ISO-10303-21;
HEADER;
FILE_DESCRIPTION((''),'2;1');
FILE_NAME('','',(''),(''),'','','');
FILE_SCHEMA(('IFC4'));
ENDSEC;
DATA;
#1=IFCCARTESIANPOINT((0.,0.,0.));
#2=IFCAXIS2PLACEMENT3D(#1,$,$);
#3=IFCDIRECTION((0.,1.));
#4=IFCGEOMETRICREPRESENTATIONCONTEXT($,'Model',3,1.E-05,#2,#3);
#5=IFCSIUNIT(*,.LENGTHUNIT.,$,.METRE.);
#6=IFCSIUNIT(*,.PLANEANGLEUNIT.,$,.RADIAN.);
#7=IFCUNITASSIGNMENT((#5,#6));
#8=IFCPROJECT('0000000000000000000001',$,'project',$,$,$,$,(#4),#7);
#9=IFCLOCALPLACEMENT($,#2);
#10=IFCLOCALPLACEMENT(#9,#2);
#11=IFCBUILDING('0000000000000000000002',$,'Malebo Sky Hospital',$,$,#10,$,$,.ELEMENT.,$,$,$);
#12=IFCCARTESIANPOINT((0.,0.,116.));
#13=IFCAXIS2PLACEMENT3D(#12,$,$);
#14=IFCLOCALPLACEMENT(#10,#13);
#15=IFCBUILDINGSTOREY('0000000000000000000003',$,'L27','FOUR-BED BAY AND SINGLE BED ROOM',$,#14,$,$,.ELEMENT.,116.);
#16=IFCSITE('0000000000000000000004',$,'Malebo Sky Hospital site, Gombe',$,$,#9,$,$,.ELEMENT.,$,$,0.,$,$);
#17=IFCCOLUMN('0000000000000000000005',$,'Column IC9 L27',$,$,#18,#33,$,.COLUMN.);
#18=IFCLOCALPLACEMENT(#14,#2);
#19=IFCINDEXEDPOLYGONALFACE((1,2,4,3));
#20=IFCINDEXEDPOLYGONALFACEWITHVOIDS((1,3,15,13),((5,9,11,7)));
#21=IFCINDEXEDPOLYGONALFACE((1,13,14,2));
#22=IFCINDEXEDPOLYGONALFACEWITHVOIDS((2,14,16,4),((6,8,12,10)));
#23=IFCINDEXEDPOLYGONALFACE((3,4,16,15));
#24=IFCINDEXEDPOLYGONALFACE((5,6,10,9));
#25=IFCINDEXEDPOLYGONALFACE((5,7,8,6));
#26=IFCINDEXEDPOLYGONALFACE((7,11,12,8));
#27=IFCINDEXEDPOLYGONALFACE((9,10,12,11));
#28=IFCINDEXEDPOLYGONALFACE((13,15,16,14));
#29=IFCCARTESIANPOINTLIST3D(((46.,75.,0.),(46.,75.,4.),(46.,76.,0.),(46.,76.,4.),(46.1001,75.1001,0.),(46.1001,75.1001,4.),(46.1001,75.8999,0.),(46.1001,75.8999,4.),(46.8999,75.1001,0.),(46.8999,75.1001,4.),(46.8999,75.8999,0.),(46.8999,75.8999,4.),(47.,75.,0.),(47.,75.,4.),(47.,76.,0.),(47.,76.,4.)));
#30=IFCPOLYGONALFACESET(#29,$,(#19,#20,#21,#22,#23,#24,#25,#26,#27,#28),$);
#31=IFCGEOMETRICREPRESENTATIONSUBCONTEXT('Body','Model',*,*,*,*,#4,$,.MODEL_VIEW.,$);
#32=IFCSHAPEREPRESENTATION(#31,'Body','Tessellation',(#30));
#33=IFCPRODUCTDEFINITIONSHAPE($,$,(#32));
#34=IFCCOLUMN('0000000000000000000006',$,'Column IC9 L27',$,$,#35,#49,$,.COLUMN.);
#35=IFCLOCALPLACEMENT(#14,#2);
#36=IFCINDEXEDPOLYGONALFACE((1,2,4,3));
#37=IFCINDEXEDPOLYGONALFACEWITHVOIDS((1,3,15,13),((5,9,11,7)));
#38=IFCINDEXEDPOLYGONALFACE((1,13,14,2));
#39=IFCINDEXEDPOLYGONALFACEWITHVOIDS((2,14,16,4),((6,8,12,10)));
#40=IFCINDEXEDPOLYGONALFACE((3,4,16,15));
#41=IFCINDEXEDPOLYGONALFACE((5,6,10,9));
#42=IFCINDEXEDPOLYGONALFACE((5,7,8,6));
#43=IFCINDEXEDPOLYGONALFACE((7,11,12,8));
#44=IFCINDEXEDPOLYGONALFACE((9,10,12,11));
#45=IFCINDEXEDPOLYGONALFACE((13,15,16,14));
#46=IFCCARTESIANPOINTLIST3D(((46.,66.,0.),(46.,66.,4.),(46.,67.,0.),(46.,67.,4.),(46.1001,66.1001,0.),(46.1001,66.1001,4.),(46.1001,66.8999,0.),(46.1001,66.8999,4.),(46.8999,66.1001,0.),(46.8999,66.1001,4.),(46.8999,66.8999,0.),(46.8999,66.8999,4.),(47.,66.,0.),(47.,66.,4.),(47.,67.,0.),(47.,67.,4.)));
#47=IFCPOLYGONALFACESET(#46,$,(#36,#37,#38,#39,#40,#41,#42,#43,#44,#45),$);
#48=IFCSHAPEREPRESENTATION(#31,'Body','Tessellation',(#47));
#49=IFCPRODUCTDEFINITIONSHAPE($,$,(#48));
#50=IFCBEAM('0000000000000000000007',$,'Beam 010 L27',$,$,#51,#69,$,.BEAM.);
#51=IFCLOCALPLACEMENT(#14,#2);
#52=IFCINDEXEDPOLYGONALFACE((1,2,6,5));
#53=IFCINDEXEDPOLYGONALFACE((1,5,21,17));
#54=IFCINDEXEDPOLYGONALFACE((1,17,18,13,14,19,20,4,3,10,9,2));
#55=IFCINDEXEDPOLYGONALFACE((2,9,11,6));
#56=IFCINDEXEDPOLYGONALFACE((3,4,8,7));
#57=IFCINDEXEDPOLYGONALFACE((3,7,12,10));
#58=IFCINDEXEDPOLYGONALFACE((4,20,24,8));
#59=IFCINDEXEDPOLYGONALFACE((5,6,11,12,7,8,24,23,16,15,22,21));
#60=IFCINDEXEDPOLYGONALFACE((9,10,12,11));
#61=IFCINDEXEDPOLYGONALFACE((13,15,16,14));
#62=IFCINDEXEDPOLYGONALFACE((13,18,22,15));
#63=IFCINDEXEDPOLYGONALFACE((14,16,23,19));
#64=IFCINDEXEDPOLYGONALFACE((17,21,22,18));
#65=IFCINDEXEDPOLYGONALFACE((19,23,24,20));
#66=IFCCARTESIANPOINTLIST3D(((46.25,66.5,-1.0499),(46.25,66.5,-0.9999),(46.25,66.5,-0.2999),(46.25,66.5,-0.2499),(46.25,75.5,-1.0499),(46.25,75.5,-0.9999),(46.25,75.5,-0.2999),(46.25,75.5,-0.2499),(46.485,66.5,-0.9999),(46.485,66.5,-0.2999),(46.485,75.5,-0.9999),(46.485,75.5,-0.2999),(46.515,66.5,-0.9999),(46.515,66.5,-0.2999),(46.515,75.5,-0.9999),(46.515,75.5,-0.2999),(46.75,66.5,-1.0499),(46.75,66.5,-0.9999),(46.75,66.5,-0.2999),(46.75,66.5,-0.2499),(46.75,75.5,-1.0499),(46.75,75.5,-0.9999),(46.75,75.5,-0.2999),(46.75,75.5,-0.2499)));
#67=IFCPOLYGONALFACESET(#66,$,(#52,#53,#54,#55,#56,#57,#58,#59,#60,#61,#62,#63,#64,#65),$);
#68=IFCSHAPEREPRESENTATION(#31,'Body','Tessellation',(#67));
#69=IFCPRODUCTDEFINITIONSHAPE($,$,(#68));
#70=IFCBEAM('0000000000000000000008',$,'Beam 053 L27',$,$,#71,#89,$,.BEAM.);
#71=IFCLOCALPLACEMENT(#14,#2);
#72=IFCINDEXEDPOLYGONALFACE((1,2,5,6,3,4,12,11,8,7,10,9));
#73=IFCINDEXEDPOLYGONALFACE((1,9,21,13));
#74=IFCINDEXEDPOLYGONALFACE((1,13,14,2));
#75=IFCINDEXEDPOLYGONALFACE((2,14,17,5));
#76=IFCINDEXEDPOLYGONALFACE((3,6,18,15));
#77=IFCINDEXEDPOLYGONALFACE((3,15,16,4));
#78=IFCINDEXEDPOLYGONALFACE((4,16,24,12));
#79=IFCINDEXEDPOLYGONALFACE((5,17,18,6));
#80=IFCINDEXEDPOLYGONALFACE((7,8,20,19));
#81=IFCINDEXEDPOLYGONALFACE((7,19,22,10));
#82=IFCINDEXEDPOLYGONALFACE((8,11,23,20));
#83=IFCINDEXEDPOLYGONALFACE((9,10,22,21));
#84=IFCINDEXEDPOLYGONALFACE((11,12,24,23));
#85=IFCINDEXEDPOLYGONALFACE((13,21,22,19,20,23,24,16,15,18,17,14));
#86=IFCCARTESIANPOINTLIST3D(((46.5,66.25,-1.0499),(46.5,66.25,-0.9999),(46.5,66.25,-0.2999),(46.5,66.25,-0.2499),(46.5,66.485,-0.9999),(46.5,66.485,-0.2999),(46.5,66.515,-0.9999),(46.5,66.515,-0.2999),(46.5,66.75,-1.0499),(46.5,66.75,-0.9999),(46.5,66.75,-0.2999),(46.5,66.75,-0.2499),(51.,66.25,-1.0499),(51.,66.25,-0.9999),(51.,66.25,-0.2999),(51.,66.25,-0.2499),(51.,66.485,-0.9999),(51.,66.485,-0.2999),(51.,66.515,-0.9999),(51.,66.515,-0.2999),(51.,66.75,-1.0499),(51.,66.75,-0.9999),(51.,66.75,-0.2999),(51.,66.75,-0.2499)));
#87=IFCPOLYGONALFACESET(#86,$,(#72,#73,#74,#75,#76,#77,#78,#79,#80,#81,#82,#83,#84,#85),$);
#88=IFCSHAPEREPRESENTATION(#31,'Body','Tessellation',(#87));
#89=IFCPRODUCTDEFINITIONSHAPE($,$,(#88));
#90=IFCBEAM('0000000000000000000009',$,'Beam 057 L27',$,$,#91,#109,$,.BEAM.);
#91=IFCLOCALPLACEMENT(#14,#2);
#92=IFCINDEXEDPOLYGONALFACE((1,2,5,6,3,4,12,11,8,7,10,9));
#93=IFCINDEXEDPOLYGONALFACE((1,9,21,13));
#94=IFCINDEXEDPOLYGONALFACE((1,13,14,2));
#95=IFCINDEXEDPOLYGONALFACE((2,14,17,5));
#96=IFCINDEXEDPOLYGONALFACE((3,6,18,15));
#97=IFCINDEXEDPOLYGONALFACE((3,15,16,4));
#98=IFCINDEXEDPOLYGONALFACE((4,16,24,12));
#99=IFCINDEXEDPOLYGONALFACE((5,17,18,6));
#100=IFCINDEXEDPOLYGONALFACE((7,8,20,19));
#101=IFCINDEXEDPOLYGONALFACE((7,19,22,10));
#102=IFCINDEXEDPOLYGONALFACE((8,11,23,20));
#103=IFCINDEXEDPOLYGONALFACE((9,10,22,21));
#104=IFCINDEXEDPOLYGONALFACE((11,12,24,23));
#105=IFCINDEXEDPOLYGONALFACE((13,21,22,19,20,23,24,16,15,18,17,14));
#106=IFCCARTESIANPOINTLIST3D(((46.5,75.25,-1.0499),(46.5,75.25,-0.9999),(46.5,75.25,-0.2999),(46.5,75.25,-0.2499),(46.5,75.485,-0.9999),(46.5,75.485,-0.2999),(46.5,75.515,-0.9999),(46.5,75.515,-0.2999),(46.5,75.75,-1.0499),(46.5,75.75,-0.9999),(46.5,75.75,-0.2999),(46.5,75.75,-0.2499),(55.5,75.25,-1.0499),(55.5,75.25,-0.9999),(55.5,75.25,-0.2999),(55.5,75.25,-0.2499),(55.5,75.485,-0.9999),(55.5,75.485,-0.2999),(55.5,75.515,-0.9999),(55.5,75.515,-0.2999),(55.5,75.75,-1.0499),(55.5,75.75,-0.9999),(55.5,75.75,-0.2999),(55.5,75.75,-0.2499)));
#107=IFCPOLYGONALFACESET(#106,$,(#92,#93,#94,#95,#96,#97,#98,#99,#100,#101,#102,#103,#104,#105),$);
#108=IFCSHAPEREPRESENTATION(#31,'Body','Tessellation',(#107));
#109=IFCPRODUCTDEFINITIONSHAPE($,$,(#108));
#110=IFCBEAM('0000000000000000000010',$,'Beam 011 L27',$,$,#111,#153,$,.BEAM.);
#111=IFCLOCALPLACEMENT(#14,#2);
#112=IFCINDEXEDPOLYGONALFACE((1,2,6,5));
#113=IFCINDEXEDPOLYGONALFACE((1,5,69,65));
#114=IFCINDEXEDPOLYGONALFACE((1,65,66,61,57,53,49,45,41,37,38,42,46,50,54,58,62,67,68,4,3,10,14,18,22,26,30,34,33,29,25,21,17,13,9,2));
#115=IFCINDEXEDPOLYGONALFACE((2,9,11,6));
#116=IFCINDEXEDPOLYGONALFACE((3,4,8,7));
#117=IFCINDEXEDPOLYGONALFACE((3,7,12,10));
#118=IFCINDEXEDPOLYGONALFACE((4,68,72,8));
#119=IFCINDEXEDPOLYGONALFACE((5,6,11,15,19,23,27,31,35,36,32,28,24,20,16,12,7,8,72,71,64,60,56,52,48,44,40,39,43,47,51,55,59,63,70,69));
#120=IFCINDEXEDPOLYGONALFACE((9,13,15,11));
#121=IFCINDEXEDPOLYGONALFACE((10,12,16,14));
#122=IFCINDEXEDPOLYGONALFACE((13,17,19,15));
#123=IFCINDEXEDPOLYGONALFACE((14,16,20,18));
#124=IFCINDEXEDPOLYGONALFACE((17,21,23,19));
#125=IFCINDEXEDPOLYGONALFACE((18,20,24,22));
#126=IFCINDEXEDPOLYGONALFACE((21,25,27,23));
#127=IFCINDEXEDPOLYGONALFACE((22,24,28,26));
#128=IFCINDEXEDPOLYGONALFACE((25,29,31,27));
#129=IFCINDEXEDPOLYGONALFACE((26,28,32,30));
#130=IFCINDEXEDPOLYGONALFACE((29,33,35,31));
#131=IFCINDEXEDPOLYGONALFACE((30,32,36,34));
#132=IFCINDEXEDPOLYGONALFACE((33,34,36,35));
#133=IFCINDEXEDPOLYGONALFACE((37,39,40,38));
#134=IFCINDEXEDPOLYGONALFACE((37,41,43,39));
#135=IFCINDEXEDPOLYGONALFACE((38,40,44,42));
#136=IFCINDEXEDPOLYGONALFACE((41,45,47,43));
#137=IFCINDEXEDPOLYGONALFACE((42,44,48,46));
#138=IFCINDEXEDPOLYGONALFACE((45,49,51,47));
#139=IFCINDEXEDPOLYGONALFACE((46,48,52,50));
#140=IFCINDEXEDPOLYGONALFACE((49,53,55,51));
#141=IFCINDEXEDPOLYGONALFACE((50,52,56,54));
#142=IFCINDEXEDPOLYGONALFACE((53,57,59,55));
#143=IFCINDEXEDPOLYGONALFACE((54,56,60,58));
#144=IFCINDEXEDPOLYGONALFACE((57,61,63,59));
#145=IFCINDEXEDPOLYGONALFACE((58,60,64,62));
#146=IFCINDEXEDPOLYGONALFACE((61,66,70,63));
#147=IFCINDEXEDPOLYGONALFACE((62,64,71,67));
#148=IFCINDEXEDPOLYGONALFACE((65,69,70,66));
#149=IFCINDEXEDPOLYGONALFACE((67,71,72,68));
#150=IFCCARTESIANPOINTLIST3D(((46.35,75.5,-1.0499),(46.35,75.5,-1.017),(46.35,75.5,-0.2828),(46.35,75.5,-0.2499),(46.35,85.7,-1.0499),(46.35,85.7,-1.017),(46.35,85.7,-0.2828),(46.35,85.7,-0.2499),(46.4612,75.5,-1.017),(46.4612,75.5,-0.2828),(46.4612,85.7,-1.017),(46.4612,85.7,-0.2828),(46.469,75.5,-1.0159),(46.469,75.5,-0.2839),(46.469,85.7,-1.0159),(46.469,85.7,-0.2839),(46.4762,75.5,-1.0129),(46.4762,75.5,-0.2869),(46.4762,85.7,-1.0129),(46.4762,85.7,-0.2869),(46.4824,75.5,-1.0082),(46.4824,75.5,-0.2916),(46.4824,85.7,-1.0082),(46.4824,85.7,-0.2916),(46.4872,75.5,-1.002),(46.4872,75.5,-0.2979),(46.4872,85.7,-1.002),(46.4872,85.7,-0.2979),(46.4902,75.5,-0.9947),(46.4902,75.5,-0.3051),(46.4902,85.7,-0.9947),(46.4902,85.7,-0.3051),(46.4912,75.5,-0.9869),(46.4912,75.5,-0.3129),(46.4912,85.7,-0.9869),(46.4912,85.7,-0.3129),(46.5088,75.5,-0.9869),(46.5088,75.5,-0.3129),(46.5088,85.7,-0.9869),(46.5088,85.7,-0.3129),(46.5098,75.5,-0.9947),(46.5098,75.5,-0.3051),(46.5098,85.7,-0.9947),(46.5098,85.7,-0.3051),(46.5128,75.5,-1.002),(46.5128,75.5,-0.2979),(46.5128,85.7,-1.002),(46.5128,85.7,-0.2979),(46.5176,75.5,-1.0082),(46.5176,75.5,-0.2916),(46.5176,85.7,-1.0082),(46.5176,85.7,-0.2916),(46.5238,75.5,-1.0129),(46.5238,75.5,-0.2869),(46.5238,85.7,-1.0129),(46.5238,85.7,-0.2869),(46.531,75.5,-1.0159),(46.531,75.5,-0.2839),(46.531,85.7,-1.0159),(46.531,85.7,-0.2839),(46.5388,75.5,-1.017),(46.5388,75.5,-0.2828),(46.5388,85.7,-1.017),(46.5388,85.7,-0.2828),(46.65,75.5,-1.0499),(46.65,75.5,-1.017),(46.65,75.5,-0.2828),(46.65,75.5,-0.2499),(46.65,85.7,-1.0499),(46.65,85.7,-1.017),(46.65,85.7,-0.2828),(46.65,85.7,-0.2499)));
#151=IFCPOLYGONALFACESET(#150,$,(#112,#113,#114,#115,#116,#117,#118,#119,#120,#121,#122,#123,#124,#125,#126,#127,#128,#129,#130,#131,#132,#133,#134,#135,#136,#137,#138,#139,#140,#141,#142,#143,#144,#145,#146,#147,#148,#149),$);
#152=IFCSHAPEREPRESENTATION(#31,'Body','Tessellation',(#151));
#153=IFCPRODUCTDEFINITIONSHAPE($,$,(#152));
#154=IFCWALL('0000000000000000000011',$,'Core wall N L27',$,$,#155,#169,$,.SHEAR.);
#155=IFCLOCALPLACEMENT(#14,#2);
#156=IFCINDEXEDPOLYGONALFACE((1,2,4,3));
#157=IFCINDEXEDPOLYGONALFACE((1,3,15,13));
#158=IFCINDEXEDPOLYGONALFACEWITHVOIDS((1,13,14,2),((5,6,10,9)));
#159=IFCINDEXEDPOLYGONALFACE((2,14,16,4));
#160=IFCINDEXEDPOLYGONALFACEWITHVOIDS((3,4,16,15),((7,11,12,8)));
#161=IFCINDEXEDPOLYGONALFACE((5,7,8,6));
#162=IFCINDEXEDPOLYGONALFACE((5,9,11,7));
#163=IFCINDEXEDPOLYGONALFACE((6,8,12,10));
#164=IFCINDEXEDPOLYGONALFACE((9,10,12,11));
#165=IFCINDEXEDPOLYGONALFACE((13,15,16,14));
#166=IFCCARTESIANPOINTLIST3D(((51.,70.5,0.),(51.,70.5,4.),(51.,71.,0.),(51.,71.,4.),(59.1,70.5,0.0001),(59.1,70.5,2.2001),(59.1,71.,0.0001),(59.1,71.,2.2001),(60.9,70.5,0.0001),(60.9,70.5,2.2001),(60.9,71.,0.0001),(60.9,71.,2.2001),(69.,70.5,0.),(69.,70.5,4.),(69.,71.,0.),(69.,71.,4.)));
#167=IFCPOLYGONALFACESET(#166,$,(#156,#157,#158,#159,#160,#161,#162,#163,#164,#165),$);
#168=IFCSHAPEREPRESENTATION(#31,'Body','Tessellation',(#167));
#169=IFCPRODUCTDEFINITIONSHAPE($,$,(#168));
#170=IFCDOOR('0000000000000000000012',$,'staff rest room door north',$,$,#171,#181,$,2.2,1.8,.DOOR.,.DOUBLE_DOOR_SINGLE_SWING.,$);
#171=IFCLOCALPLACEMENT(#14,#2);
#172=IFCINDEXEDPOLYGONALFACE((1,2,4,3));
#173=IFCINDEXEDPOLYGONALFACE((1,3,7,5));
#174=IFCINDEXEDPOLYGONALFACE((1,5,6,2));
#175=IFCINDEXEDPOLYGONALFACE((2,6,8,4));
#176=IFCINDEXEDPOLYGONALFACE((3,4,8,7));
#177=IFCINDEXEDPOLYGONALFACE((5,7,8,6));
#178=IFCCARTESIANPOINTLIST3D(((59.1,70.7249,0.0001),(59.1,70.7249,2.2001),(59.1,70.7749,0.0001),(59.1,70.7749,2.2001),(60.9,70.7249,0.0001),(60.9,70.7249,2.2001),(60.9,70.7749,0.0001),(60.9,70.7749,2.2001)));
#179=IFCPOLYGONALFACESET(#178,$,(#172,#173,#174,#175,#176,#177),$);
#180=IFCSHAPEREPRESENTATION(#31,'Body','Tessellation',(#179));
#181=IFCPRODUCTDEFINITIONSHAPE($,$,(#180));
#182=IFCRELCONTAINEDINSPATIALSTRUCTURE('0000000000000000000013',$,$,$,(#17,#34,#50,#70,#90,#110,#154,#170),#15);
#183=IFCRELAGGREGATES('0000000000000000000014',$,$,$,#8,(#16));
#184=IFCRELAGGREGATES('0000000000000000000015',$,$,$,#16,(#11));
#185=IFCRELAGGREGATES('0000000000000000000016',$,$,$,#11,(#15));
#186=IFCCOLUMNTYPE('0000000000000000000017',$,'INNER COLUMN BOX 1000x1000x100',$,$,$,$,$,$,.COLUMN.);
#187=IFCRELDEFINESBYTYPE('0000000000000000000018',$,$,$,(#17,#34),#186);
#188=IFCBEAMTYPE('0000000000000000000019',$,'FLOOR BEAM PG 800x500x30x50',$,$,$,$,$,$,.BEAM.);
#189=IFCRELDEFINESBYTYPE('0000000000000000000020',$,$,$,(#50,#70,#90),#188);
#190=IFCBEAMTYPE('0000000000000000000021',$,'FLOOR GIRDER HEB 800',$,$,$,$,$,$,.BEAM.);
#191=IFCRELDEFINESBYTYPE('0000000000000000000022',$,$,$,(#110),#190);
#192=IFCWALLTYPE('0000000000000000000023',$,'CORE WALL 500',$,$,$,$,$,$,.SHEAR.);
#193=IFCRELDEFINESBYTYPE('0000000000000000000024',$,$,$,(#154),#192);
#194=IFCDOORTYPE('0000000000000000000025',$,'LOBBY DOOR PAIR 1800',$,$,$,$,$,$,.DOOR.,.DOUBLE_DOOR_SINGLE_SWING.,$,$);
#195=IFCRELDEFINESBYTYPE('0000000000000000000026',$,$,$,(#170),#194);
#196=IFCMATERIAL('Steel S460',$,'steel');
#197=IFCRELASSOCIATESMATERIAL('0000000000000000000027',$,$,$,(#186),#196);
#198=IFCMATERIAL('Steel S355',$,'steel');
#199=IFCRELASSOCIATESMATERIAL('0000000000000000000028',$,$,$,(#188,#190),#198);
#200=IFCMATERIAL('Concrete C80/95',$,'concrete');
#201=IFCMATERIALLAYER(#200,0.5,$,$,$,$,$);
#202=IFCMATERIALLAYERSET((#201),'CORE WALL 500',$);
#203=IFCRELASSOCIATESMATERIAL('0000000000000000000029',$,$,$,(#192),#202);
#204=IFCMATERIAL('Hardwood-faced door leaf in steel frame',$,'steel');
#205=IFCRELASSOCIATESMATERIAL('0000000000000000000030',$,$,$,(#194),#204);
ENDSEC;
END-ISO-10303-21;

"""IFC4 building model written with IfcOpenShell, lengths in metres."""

from ifc_helpers import new_model, si_unit, direction, frame, frame_2d, origin, origin_2d, place, context, subcontext, project, spatial, rectangle, hollow_rectangle, i_section, extrude, material, layer, layer_set, material_profile, profile_set, type_object, element, fill, save


model = new_model("IFC4")

# Units and contexts
model_context = context("Model", 3, precision=1e-05, world=origin(), true_north=direction((0.0, 1.0)))
body_context = subcontext(model_context, "Body", "Model", "MODEL_VIEW")
ifc_project = project(units=[si_unit("LENGTHUNIT", "METRE"), si_unit("PLANEANGLEUNIT", "RADIAN")], contexts=[model_context])

# Site, building, storey
site_placement = place(None, origin())
site = spatial("IfcSite", under=ifc_project, at=site_placement, Name="Malebo Sky Hospital site, Gombe", CompositionType="ELEMENT", RefElevation=0.0)
building_placement = place(site_placement, origin())
building = spatial("IfcBuilding", under=site, at=building_placement, Name="Malebo Sky Hospital", CompositionType="ELEMENT")
storey_placement = place(building_placement, frame((0.0, 0.0, 116.0)))
storey = spatial("IfcBuildingStorey", under=building, at=storey_placement, Name="L27", Description="FOUR-BED BAY AND SINGLE BED ROOM", CompositionType="ELEMENT", Elevation=116.0)

# Columns
ifc_material_1 = material(Name="Steel S460", Category="steel")
ifc_material_profile_1 = material_profile(ifc_material_1, hollow_rectangle(XDim=1.0, YDim=1.0, WallThickness=0.1001, at=origin_2d()), Name="BOX 1000x1000x100")
ifc_profile_set_1 = profile_set([ifc_material_profile_1], Name="Steel S460")
column_type = type_object("IfcColumnType", Name="INNER COLUMN BOX 1000x1000x100", PredefinedType="COLUMN", material=ifc_profile_set_1)
for number, where, z_axis, x_axis, name in (
    (1, (46.5, 75.5, 0.0), (0.0, 0.0, 1.0), (1.0, 0.0, 0.0), "Column IC9 L27"),
    (2, (46.5, 66.5, 0.0), (0.0, 0.0, 1.0), (1.0, 0.0, 0.0), "Column IC9 L27"),
):
    element("IfcColumn", number, at=place(storey_placement, frame(where, z_axis=z_axis, x_axis=x_axis)), inside=storey, type_object=column_type, Name=name, PredefinedType="COLUMN", context=body_context, shape_type="SweptSolid", body=[
        extrude(hollow_rectangle(XDim=1.0, YDim=1.0, WallThickness=0.1001, at=origin_2d()), origin(), (0.0, 0.0, 1.0), 4.0),
    ])

# Beams
ifc_material_2 = material(Name="Steel S355", Category="steel")
ifc_material_profile_2 = material_profile(ifc_material_2, i_section(OverallWidth=0.5, OverallDepth=0.8, WebThickness=0.03, FlangeThickness=0.05, at=origin_2d()), Name="PG 800x500x30x50")
ifc_profile_set_2 = profile_set([ifc_material_profile_2], Name="Steel S355")
beam_type_1 = type_object("IfcBeamType", Name="FLOOR BEAM PG 800x500x30x50", PredefinedType="BEAM", material=ifc_profile_set_2)
beam_1_placement = place(storey_placement, frame((46.5, 66.5, -0.6499), z_axis=(0.0, 1.0, 0.0), x_axis=(-1.0, 0.0, 0.0)))
element("IfcBeam", 3, at=beam_1_placement, inside=storey, type_object=beam_type_1, Name="Beam 010 L27", PredefinedType="BEAM", context=body_context, shape_type="SweptSolid", body=[
    extrude(i_section(OverallWidth=0.5, OverallDepth=0.8, WebThickness=0.03, FlangeThickness=0.05, at=origin_2d()), origin(), (0.0, 0.0, 1.0), 9.0),
])
beam_2_placement = place(storey_placement, frame((46.5, 66.5, -0.6499), z_axis=(1.0, 0.0, 0.0), x_axis=(0.0, 1.0, 0.0)))
element("IfcBeam", 4, at=beam_2_placement, inside=storey, type_object=beam_type_1, Name="Beam 053 L27", PredefinedType="BEAM", context=body_context, shape_type="SweptSolid", body=[
    extrude(i_section(OverallWidth=0.5, OverallDepth=0.8, WebThickness=0.03, FlangeThickness=0.05, at=origin_2d()), origin(), (0.0, 0.0, 1.0), 4.5),
])
beam_3_placement = place(storey_placement, frame((46.5, 75.5, -0.6499), z_axis=(1.0, 0.0, 0.0), x_axis=(0.0, 1.0, 0.0)))
element("IfcBeam", 5, at=beam_3_placement, inside=storey, type_object=beam_type_1, Name="Beam 057 L27", PredefinedType="BEAM", context=body_context, shape_type="SweptSolid", body=[
    extrude(i_section(OverallWidth=0.5, OverallDepth=0.8, WebThickness=0.03, FlangeThickness=0.05, at=origin_2d()), origin(), (0.0, 0.0, 1.0), 9.0),
])
ifc_material_profile_3 = material_profile(ifc_material_2, i_section(OverallWidth=0.3, OverallDepth=0.8, WebThickness=0.0176, FlangeThickness=0.033, FilletRadius=0.03, at=origin_2d()), Name="HEB 800")
ifc_profile_set_3 = profile_set([ifc_material_profile_3], Name="Steel S355")
beam_type_2 = type_object("IfcBeamType", Name="FLOOR GIRDER HEB 800", PredefinedType="BEAM", material=ifc_profile_set_3)
beam_4_placement = place(storey_placement, frame((46.5, 75.5, -0.6499), z_axis=(0.0, 1.0, 0.0), x_axis=(-1.0, 0.0, 0.0)))
element("IfcBeam", 6, at=beam_4_placement, inside=storey, type_object=beam_type_2, Name="Beam 011 L27", PredefinedType="BEAM", context=body_context, shape_type="SweptSolid", body=[
    extrude(i_section(OverallWidth=0.3, OverallDepth=0.8, WebThickness=0.0176, FlangeThickness=0.033, FilletRadius=0.03, at=origin_2d()), origin(), (0.0, 0.0, 1.0), 10.2),
])

# Wall, opening, door
ifc_material_3 = material(Name="Concrete C80/95", Category="concrete")
ifc_layer_1 = layer(ifc_material_3, 0.5)
ifc_layer_set_1 = layer_set([ifc_layer_1], Name="CORE WALL 500")
wall_type_1 = type_object("IfcWallType", Name="CORE WALL 500", PredefinedType="SHEAR", material=ifc_layer_set_1)
wall_1_placement = place(storey_placement, frame((51.0, 70.75, 0.0), z_axis=(0.0, 0.0, 1.0), x_axis=(1.0, 0.0, 0.0)))
wall_1 = element("IfcWall", 7, at=wall_1_placement, inside=storey, type_object=wall_type_1, Name="Core wall N L27", PredefinedType="SHEAR", context=body_context, shape_type="SweptSolid", body=[
    extrude(rectangle(XDim=18.0, YDim=0.5, at=frame_2d((9.0, 0.0))), origin(), (0.0, 0.0, 1.0), 4.0),
])
opening_1_placement = place(wall_1_placement, frame((8.1001, 0.0, 0.0)))
opening_1 = element("IfcOpeningElement", 8, at=opening_1_placement, cuts=wall_1, PredefinedType="OPENING", context=body_context, shape_type="SweptSolid", body=[
    extrude(rectangle(XDim=1.8, YDim=2.2, at=frame_2d((0.8999, 1.1001))), frame((0.0, 0.26, 0.0), z_axis=(0.0, -1.0, 0.0), x_axis=(1.0, 0.0, 0.0)), (0.0, 0.0, 1.0), 0.52),
])
ifc_material_4 = material(Name="Hardwood-faced door leaf in steel frame", Category="steel")
door_type_1 = type_object("IfcDoorType", Name="LOBBY DOOR PAIR 1800", OperationType="DOUBLE_DOOR_SINGLE_SWING", PredefinedType="DOOR", material=ifc_material_4)
door_1_placement = place(opening_1_placement, origin())
door_1 = element("IfcDoor", 9, at=door_1_placement, inside=storey, type_object=door_type_1, Name="staff rest room door north", OperationType="DOUBLE_DOOR_SINGLE_SWING", OverallHeight=2.2, OverallWidth=1.8, PredefinedType="DOOR", context=body_context, shape_type="SweptSolid", body=[
    extrude(rectangle(XDim=1.8, YDim=2.2, at=frame_2d((0.8999, 1.1001))), frame((0.0, 0.0249, 0.0), z_axis=(0.0, -1.0, 0.0), x_axis=(1.0, 0.0, 0.0)), (0.0, 0.0, 1.0), 0.05),
])
fill(opening_1, door_1)

save(model, "model.ifc")
